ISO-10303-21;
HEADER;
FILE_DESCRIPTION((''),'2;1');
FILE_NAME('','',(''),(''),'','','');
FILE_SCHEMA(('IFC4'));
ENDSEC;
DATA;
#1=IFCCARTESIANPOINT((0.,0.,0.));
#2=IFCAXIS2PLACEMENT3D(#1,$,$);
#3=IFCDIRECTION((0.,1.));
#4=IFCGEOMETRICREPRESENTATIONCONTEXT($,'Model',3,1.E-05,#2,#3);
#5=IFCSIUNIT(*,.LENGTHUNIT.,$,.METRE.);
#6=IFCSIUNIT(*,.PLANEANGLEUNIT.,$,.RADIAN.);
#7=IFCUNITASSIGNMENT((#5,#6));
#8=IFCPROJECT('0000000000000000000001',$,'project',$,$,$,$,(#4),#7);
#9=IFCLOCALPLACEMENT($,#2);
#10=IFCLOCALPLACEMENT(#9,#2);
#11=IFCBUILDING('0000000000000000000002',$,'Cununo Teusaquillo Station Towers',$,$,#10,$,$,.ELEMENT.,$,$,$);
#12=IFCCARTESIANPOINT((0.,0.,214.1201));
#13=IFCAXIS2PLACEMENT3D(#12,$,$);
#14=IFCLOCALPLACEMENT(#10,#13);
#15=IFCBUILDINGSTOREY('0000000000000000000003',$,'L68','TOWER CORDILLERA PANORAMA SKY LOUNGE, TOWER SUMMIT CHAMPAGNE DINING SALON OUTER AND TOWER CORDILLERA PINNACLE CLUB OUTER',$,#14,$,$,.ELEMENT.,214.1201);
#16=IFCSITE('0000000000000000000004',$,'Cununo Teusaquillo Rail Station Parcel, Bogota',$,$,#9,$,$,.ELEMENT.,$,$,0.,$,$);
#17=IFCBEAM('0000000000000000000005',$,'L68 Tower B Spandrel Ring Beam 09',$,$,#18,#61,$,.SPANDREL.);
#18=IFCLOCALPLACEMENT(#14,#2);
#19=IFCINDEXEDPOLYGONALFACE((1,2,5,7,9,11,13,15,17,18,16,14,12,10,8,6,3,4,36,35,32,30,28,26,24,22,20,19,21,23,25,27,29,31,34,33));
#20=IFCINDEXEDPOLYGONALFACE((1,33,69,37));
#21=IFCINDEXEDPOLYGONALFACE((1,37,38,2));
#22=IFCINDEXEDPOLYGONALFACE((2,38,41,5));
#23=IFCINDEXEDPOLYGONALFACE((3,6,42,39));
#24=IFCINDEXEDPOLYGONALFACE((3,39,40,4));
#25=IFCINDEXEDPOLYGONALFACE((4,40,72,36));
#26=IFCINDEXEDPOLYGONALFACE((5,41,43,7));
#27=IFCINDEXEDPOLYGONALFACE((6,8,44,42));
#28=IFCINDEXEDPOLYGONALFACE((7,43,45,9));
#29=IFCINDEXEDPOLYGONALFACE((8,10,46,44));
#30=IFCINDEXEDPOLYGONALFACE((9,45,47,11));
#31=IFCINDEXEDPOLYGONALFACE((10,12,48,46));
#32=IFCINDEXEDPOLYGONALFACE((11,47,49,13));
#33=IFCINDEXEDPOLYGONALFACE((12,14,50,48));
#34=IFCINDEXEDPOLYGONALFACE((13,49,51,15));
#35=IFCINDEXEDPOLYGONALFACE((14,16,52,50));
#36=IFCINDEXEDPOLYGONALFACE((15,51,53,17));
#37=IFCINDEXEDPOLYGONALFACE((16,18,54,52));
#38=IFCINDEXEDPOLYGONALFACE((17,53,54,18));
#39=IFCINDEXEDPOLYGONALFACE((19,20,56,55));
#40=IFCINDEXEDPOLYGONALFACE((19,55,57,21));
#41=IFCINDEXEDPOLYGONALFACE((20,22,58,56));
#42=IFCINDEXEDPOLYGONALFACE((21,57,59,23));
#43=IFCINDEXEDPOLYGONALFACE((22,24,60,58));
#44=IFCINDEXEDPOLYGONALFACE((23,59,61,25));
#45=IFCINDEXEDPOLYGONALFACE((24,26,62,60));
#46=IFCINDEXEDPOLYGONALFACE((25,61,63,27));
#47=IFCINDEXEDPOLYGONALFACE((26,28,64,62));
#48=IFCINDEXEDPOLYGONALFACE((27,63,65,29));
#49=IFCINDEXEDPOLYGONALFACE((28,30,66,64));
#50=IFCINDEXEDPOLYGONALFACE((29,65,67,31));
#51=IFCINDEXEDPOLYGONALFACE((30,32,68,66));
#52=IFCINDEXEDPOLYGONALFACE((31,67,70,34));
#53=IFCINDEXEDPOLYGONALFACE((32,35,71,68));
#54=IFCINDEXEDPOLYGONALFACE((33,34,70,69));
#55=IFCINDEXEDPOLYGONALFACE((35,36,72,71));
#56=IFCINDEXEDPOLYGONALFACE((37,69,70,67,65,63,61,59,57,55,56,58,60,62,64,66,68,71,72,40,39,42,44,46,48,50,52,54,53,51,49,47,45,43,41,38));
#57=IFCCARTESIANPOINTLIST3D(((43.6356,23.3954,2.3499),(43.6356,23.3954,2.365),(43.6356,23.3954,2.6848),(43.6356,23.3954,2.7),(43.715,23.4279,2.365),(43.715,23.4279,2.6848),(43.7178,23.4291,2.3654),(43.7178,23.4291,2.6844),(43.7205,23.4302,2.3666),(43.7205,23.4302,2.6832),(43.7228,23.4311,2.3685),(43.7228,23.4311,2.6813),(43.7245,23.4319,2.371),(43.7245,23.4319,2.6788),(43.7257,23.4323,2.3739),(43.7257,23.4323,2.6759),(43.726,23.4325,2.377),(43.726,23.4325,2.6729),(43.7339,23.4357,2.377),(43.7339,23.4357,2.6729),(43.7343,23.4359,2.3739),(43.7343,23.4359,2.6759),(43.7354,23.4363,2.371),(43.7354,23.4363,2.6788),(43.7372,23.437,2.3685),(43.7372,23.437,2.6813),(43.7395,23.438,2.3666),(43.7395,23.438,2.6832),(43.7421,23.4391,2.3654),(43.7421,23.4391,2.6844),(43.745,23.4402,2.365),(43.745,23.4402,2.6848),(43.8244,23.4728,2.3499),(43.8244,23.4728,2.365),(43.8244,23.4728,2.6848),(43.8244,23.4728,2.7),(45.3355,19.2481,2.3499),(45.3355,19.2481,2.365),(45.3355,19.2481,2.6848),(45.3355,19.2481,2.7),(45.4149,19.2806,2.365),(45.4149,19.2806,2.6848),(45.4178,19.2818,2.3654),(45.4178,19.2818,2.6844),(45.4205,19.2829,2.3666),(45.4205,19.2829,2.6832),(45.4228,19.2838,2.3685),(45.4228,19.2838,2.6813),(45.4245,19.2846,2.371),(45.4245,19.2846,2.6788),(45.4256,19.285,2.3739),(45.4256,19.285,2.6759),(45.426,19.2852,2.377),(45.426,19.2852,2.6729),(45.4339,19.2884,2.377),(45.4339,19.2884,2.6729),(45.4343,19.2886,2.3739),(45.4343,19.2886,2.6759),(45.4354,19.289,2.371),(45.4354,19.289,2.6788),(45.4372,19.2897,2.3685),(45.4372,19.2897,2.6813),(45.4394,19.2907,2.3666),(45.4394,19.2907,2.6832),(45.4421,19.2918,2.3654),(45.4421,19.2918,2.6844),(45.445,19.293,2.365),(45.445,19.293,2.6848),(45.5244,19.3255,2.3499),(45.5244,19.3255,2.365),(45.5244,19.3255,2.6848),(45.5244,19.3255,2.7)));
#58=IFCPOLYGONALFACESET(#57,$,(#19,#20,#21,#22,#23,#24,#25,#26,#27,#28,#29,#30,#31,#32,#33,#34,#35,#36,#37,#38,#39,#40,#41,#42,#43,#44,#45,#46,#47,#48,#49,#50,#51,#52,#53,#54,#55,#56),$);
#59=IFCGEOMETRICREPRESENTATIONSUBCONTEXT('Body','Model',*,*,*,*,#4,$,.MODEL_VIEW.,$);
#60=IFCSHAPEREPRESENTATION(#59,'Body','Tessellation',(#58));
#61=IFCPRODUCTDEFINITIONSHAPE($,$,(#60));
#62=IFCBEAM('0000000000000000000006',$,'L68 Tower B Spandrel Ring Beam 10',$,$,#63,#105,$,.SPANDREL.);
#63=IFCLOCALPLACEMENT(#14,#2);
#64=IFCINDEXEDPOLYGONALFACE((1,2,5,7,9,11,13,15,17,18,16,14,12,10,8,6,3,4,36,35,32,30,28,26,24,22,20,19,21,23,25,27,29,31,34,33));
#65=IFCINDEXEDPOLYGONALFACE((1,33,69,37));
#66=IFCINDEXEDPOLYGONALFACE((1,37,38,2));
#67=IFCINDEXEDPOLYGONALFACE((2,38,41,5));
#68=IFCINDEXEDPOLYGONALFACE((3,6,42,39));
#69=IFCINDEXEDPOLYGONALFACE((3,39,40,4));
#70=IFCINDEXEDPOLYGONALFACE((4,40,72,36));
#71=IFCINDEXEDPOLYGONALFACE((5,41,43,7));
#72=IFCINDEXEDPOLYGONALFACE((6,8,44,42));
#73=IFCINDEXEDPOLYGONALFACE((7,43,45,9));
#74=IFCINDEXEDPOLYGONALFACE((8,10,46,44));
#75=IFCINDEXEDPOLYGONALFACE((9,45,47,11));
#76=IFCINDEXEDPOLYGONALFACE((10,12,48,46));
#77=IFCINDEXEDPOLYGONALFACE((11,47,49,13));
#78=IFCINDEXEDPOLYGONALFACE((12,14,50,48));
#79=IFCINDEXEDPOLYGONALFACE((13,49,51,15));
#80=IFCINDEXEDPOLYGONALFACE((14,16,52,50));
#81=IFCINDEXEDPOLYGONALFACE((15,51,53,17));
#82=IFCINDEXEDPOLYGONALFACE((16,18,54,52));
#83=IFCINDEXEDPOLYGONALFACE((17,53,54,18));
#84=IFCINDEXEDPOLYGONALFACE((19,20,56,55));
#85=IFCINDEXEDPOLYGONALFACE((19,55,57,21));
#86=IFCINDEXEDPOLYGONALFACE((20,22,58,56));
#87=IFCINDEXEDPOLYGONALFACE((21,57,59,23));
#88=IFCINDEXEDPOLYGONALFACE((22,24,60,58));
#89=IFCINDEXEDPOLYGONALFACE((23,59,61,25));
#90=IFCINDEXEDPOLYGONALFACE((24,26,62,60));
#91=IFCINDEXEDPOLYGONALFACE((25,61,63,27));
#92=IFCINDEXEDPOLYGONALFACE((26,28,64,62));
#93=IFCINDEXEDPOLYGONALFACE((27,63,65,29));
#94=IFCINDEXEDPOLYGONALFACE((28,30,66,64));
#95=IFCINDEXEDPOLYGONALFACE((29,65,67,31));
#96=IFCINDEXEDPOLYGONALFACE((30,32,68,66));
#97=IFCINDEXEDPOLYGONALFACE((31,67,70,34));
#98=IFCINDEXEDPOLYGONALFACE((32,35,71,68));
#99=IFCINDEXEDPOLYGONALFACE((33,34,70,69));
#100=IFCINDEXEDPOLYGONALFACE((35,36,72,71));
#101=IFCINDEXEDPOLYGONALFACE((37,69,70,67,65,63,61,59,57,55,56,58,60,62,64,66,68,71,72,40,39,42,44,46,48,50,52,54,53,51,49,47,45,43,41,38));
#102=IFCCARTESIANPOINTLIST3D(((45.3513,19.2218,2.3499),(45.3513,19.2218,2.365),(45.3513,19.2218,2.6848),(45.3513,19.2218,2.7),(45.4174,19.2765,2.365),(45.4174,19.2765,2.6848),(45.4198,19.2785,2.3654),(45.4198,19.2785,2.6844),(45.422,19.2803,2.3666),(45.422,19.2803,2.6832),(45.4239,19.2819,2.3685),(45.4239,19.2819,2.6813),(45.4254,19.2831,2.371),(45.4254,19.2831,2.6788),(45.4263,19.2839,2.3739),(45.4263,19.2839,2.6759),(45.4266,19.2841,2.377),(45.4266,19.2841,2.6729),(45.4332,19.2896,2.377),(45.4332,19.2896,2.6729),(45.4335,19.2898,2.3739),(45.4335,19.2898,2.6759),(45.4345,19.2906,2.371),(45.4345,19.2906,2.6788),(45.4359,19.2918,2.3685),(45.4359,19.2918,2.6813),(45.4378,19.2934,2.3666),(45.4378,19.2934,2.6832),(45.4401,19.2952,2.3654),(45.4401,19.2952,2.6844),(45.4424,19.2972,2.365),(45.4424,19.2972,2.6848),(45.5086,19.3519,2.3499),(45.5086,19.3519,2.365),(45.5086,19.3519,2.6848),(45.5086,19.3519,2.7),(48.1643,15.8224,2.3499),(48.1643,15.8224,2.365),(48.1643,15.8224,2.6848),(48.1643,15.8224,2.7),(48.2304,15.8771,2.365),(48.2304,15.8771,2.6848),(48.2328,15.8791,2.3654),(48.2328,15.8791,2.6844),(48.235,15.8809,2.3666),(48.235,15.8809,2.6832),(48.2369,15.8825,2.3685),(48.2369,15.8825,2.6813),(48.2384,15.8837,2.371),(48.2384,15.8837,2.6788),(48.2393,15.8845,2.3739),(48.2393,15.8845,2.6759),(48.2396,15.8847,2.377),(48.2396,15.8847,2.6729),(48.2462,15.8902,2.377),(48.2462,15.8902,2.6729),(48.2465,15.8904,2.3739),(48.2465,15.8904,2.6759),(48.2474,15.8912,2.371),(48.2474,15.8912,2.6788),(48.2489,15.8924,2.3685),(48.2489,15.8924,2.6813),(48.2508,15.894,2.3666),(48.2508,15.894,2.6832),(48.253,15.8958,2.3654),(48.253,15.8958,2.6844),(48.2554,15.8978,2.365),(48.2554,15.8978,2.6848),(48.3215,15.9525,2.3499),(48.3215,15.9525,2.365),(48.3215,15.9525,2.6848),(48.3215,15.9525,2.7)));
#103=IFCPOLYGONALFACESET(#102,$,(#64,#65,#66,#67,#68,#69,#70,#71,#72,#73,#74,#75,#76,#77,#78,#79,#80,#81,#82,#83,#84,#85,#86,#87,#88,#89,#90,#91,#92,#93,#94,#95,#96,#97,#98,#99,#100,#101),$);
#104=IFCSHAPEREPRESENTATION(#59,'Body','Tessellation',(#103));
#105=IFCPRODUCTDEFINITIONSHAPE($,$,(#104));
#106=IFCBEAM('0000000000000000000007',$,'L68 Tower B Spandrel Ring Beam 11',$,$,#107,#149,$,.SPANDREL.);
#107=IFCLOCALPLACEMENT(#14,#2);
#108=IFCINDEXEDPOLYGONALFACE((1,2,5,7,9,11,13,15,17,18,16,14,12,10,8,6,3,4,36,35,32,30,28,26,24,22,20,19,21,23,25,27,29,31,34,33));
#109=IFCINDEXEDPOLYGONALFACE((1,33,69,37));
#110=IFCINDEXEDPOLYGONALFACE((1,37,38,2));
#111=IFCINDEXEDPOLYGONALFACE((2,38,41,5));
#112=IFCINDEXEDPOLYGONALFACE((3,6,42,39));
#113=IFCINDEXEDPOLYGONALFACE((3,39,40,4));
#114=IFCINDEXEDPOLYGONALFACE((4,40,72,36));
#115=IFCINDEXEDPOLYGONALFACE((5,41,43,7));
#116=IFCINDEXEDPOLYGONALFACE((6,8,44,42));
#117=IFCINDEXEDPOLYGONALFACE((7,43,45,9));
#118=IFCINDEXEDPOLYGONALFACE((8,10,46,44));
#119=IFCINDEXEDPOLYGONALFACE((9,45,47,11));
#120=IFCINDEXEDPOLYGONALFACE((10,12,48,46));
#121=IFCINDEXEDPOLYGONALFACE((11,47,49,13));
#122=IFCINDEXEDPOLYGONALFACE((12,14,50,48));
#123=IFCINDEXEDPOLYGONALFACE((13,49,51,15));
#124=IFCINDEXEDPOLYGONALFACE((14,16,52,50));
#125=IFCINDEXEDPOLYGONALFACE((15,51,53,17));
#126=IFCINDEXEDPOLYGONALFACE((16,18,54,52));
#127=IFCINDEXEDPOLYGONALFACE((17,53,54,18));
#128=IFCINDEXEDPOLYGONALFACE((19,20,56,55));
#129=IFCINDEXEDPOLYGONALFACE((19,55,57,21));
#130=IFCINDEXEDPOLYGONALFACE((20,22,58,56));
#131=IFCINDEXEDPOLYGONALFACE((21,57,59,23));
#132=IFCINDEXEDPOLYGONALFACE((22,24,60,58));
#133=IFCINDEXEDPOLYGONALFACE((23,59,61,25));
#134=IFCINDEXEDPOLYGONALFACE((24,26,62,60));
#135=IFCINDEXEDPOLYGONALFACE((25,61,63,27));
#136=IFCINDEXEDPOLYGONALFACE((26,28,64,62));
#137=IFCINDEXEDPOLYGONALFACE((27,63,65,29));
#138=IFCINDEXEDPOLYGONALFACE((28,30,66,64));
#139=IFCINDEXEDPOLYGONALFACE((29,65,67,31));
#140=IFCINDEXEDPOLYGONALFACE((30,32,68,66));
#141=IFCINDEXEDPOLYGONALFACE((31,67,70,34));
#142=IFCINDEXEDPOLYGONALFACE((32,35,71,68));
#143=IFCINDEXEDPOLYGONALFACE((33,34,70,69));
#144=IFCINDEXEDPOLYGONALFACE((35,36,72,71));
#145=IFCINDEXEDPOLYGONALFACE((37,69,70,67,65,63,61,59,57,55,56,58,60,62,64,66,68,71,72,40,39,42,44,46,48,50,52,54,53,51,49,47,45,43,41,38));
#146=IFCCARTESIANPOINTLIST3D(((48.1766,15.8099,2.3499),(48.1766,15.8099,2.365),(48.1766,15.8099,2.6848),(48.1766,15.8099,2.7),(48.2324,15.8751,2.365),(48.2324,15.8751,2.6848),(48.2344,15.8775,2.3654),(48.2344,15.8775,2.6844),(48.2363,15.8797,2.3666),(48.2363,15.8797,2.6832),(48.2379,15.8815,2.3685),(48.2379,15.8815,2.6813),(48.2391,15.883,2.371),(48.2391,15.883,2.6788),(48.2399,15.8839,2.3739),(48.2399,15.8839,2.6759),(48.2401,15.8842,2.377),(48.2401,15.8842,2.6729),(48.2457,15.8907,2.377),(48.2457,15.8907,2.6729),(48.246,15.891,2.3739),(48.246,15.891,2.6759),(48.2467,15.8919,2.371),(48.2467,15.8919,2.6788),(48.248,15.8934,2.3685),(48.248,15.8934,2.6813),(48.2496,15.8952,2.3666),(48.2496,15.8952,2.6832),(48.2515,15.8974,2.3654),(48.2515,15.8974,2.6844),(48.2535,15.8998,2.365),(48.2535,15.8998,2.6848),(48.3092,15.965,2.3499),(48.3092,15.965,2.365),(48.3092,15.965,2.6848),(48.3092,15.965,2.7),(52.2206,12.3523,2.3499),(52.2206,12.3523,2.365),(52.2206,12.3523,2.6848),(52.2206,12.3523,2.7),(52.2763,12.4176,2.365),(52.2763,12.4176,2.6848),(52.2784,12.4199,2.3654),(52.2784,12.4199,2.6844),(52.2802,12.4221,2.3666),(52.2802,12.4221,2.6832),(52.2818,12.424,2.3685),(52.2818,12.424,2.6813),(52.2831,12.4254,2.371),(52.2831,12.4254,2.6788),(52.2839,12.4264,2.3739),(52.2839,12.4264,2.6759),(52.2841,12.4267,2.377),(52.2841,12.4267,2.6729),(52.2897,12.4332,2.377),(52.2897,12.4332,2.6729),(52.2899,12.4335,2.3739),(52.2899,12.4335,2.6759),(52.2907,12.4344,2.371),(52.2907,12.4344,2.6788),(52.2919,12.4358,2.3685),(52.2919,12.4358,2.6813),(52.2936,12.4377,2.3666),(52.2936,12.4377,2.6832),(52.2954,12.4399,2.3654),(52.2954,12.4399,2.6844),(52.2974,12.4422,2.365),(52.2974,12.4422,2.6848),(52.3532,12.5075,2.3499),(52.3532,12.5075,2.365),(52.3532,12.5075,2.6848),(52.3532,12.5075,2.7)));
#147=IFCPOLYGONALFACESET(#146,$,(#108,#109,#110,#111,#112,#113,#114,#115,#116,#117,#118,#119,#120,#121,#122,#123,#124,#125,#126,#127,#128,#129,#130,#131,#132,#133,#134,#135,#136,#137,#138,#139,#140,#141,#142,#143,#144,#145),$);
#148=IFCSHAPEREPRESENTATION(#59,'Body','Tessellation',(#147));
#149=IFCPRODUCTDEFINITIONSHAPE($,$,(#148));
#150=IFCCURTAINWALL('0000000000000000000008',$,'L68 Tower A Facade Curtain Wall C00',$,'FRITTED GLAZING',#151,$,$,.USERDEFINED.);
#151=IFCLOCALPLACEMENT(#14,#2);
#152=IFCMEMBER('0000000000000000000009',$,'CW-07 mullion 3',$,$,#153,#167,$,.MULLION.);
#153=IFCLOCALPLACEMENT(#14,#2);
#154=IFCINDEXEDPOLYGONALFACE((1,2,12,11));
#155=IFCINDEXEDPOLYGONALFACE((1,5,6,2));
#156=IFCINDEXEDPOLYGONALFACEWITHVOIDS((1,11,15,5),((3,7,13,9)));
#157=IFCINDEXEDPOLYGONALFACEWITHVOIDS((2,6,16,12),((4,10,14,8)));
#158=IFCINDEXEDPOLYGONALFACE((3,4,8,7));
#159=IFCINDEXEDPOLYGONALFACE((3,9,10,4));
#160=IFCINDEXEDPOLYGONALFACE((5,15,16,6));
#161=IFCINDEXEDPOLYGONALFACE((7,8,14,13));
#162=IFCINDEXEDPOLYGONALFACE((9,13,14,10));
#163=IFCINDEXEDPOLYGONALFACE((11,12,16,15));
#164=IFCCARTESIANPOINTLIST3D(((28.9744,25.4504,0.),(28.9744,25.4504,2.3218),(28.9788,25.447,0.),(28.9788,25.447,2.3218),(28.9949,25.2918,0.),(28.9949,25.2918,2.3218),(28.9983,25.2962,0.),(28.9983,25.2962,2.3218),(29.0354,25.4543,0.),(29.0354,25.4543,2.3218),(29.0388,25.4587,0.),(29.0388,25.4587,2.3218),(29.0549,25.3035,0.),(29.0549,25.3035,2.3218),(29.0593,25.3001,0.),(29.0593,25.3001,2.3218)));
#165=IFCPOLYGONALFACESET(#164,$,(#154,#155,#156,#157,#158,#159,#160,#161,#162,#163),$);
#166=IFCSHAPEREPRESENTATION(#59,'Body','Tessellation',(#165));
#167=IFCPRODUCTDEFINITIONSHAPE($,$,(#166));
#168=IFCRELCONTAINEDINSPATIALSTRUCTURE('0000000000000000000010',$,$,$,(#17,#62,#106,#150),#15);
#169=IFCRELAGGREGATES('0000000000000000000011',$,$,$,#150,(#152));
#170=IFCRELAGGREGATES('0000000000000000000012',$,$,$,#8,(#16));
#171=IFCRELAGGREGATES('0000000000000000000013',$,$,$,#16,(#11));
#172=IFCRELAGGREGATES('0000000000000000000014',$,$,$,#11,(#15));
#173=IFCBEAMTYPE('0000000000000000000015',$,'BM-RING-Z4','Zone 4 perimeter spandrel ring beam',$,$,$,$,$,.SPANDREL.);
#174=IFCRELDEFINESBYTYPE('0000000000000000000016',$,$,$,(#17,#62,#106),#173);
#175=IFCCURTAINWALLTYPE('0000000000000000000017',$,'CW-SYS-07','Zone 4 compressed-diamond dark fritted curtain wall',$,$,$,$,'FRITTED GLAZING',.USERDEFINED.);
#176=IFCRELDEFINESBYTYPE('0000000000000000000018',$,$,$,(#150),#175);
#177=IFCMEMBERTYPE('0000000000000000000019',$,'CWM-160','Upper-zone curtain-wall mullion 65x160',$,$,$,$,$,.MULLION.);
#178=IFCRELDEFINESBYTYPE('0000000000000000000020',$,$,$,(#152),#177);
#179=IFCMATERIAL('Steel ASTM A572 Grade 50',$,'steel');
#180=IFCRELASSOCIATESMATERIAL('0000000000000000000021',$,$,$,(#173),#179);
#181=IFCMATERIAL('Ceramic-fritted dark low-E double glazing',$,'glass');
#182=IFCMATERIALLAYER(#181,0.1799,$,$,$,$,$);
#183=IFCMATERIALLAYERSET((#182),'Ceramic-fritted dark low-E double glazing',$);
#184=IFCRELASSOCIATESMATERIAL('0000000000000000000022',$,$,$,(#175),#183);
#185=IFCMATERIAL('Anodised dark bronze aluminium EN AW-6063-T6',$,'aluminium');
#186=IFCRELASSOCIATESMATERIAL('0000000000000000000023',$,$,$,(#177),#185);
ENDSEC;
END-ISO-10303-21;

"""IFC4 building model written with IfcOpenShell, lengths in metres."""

from ifc_helpers import new_model, si_unit, direction, frame, origin, origin_2d, place, context, subcontext, project, spatial, hollow_rectangle, i_section, extrude, material, layer, layer_set, material_profile, profile_set, type_object, element, aggregate, save


model = new_model("IFC4")

# Units and contexts
model_context = context("Model", 3, precision=1e-05, world=origin(), true_north=direction((0.0, 1.0)))
body_context = subcontext(model_context, "Body", "Model", "MODEL_VIEW")
ifc_project = project(units=[si_unit("LENGTHUNIT", "METRE"), si_unit("PLANEANGLEUNIT", "RADIAN")], contexts=[model_context])

# Site, building, storey
site_placement = place(None, origin())
site = spatial("IfcSite", under=ifc_project, at=site_placement, Name="Cununo Teusaquillo Rail Station Parcel, Bogota", CompositionType="ELEMENT", RefElevation=0.0)
building_placement = place(site_placement, origin())
building = spatial("IfcBuilding", under=site, at=building_placement, Name="Cununo Teusaquillo Station Towers", CompositionType="ELEMENT")
storey_placement = place(building_placement, frame((0.0, 0.0, 214.1201)))
storey = spatial("IfcBuildingStorey", under=building, at=storey_placement, Name="L68", Description="TOWER CORDILLERA PANORAMA SKY LOUNGE, TOWER SUMMIT CHAMPAGNE DINING SALON OUTER AND TOWER CORDILLERA PINNACLE CLUB OUTER", CompositionType="ELEMENT", Elevation=214.1201)

# Beams
ifc_material_1 = material(Name="Steel ASTM A572 Grade 50", Category="steel")
ifc_material_profile_1 = material_profile(ifc_material_1, i_section(OverallWidth=0.2041, OverallDepth=0.3501, WebThickness=0.0085, FlangeThickness=0.0151, FilletRadius=0.012, at=origin_2d()), Name="W14X48")
ifc_profile_set_1 = profile_set([ifc_material_profile_1], Name="Steel ASTM A572 Grade 50")
beam_type_1 = type_object("IfcBeamType", Name="BM-RING-Z4", Description="Zone 4 perimeter spandrel ring beam", PredefinedType="SPANDREL", material=ifc_profile_set_1)
beam_1_placement = place(storey_placement, frame((43.73, 23.4341, 2.5249), z_axis=(0.379275, -0.925284, 0.0), x_axis=(0.925284, 0.379275, 0.0)))
element("IfcBeam", 1, at=beam_1_placement, inside=storey, type_object=beam_type_1, Name="L68 Tower B Spandrel Ring Beam 09", PredefinedType="SPANDREL", context=body_context, shape_type="SweptSolid", body=[
    extrude(i_section(OverallWidth=0.2041, OverallDepth=0.3501, WebThickness=0.0085, FlangeThickness=0.0151, FilletRadius=0.012, at=origin_2d()), origin(), (0.0, 0.0, 1.0), 4.4822),
])
beam_2_placement = place(storey_placement, frame((45.4299, 19.2869, 2.5249), z_axis=(0.637525, -0.77043, 0.0), x_axis=(0.77043, 0.637525, 0.0)))
element("IfcBeam", 2, at=beam_2_placement, inside=storey, type_object=beam_type_1, Name="L68 Tower B Spandrel Ring Beam 10", PredefinedType="SPANDREL", context=body_context, shape_type="SweptSolid", body=[
    extrude(i_section(OverallWidth=0.2041, OverallDepth=0.3501, WebThickness=0.0085, FlangeThickness=0.0151, FilletRadius=0.012, at=origin_2d()), origin(), (0.0, 0.0, 1.0), 4.4124),
])
beam_3_placement = place(storey_placement, frame((48.2429, 15.8875, 2.5249), z_axis=(0.760066, -0.649846, 0.0), x_axis=(0.649846, 0.760066, 0.0)))
element("IfcBeam", 3, at=beam_3_placement, inside=storey, type_object=beam_type_1, Name="L68 Tower B Spandrel Ring Beam 11", PredefinedType="SPANDREL", context=body_context, shape_type="SweptSolid", body=[
    extrude(i_section(OverallWidth=0.2041, OverallDepth=0.3501, WebThickness=0.0085, FlangeThickness=0.0151, FilletRadius=0.012, at=origin_2d()), origin(), (0.0, 0.0, 1.0), 5.3206),
])

# Curtain wall, member
ifc_material_2 = material(Name="Ceramic-fritted dark low-E double glazing", Category="glass")
ifc_layer_1 = layer(ifc_material_2, 0.1799)
ifc_layer_set_1 = layer_set([ifc_layer_1], Name="Ceramic-fritted dark low-E double glazing")
curtain_wall_type = type_object("IfcCurtainWallType", Name="CW-SYS-07", Description="Zone 4 compressed-diamond dark fritted curtain wall", ElementType="FRITTED GLAZING", PredefinedType="USERDEFINED", material=ifc_layer_set_1)
curtain_wall_placement = place(storey_placement, origin())
curtain_wall = element("IfcCurtainWall", 4, at=curtain_wall_placement, inside=storey, type_object=curtain_wall_type, Name="L68 Tower A Facade Curtain Wall C00", ObjectType="FRITTED GLAZING", PredefinedType="USERDEFINED")
ifc_material_3 = material(Name="Anodised dark bronze aluminium EN AW-6063-T6", Category="aluminium")
ifc_material_profile_2 = material_profile(ifc_material_3, hollow_rectangle(XDim=0.0649, YDim=0.1599, WallThickness=0.0039, at=origin_2d()), Name="CW-MULL-65x160")
ifc_profile_set_2 = profile_set([ifc_material_profile_2], Name="Anodised dark bronze aluminium EN AW-6063-T6")
member_type_1 = type_object("IfcMemberType", Name="CWM-160", Description="Upper-zone curtain-wall mullion 65x160", PredefinedType="MULLION", material=ifc_profile_set_2)
member_1_placement = place(storey_placement, frame((29.0168, 25.3752, 0.0), z_axis=(0.0, 0.0, 1.0), x_axis=(0.991742, 0.128253, 0.0)))
member_1 = element("IfcMember", 5, at=member_1_placement, type_object=member_type_1, Name="CW-07 mullion 3", PredefinedType="MULLION", context=body_context, shape_type="SweptSolid", body=[
    extrude(hollow_rectangle(XDim=0.0649, YDim=0.1599, WallThickness=0.0039, at=origin_2d()), origin(), (0.0, 0.0, 1.0), 2.3218),
])
aggregate(curtain_wall, [member_1])

save(model, "model.ifc")
